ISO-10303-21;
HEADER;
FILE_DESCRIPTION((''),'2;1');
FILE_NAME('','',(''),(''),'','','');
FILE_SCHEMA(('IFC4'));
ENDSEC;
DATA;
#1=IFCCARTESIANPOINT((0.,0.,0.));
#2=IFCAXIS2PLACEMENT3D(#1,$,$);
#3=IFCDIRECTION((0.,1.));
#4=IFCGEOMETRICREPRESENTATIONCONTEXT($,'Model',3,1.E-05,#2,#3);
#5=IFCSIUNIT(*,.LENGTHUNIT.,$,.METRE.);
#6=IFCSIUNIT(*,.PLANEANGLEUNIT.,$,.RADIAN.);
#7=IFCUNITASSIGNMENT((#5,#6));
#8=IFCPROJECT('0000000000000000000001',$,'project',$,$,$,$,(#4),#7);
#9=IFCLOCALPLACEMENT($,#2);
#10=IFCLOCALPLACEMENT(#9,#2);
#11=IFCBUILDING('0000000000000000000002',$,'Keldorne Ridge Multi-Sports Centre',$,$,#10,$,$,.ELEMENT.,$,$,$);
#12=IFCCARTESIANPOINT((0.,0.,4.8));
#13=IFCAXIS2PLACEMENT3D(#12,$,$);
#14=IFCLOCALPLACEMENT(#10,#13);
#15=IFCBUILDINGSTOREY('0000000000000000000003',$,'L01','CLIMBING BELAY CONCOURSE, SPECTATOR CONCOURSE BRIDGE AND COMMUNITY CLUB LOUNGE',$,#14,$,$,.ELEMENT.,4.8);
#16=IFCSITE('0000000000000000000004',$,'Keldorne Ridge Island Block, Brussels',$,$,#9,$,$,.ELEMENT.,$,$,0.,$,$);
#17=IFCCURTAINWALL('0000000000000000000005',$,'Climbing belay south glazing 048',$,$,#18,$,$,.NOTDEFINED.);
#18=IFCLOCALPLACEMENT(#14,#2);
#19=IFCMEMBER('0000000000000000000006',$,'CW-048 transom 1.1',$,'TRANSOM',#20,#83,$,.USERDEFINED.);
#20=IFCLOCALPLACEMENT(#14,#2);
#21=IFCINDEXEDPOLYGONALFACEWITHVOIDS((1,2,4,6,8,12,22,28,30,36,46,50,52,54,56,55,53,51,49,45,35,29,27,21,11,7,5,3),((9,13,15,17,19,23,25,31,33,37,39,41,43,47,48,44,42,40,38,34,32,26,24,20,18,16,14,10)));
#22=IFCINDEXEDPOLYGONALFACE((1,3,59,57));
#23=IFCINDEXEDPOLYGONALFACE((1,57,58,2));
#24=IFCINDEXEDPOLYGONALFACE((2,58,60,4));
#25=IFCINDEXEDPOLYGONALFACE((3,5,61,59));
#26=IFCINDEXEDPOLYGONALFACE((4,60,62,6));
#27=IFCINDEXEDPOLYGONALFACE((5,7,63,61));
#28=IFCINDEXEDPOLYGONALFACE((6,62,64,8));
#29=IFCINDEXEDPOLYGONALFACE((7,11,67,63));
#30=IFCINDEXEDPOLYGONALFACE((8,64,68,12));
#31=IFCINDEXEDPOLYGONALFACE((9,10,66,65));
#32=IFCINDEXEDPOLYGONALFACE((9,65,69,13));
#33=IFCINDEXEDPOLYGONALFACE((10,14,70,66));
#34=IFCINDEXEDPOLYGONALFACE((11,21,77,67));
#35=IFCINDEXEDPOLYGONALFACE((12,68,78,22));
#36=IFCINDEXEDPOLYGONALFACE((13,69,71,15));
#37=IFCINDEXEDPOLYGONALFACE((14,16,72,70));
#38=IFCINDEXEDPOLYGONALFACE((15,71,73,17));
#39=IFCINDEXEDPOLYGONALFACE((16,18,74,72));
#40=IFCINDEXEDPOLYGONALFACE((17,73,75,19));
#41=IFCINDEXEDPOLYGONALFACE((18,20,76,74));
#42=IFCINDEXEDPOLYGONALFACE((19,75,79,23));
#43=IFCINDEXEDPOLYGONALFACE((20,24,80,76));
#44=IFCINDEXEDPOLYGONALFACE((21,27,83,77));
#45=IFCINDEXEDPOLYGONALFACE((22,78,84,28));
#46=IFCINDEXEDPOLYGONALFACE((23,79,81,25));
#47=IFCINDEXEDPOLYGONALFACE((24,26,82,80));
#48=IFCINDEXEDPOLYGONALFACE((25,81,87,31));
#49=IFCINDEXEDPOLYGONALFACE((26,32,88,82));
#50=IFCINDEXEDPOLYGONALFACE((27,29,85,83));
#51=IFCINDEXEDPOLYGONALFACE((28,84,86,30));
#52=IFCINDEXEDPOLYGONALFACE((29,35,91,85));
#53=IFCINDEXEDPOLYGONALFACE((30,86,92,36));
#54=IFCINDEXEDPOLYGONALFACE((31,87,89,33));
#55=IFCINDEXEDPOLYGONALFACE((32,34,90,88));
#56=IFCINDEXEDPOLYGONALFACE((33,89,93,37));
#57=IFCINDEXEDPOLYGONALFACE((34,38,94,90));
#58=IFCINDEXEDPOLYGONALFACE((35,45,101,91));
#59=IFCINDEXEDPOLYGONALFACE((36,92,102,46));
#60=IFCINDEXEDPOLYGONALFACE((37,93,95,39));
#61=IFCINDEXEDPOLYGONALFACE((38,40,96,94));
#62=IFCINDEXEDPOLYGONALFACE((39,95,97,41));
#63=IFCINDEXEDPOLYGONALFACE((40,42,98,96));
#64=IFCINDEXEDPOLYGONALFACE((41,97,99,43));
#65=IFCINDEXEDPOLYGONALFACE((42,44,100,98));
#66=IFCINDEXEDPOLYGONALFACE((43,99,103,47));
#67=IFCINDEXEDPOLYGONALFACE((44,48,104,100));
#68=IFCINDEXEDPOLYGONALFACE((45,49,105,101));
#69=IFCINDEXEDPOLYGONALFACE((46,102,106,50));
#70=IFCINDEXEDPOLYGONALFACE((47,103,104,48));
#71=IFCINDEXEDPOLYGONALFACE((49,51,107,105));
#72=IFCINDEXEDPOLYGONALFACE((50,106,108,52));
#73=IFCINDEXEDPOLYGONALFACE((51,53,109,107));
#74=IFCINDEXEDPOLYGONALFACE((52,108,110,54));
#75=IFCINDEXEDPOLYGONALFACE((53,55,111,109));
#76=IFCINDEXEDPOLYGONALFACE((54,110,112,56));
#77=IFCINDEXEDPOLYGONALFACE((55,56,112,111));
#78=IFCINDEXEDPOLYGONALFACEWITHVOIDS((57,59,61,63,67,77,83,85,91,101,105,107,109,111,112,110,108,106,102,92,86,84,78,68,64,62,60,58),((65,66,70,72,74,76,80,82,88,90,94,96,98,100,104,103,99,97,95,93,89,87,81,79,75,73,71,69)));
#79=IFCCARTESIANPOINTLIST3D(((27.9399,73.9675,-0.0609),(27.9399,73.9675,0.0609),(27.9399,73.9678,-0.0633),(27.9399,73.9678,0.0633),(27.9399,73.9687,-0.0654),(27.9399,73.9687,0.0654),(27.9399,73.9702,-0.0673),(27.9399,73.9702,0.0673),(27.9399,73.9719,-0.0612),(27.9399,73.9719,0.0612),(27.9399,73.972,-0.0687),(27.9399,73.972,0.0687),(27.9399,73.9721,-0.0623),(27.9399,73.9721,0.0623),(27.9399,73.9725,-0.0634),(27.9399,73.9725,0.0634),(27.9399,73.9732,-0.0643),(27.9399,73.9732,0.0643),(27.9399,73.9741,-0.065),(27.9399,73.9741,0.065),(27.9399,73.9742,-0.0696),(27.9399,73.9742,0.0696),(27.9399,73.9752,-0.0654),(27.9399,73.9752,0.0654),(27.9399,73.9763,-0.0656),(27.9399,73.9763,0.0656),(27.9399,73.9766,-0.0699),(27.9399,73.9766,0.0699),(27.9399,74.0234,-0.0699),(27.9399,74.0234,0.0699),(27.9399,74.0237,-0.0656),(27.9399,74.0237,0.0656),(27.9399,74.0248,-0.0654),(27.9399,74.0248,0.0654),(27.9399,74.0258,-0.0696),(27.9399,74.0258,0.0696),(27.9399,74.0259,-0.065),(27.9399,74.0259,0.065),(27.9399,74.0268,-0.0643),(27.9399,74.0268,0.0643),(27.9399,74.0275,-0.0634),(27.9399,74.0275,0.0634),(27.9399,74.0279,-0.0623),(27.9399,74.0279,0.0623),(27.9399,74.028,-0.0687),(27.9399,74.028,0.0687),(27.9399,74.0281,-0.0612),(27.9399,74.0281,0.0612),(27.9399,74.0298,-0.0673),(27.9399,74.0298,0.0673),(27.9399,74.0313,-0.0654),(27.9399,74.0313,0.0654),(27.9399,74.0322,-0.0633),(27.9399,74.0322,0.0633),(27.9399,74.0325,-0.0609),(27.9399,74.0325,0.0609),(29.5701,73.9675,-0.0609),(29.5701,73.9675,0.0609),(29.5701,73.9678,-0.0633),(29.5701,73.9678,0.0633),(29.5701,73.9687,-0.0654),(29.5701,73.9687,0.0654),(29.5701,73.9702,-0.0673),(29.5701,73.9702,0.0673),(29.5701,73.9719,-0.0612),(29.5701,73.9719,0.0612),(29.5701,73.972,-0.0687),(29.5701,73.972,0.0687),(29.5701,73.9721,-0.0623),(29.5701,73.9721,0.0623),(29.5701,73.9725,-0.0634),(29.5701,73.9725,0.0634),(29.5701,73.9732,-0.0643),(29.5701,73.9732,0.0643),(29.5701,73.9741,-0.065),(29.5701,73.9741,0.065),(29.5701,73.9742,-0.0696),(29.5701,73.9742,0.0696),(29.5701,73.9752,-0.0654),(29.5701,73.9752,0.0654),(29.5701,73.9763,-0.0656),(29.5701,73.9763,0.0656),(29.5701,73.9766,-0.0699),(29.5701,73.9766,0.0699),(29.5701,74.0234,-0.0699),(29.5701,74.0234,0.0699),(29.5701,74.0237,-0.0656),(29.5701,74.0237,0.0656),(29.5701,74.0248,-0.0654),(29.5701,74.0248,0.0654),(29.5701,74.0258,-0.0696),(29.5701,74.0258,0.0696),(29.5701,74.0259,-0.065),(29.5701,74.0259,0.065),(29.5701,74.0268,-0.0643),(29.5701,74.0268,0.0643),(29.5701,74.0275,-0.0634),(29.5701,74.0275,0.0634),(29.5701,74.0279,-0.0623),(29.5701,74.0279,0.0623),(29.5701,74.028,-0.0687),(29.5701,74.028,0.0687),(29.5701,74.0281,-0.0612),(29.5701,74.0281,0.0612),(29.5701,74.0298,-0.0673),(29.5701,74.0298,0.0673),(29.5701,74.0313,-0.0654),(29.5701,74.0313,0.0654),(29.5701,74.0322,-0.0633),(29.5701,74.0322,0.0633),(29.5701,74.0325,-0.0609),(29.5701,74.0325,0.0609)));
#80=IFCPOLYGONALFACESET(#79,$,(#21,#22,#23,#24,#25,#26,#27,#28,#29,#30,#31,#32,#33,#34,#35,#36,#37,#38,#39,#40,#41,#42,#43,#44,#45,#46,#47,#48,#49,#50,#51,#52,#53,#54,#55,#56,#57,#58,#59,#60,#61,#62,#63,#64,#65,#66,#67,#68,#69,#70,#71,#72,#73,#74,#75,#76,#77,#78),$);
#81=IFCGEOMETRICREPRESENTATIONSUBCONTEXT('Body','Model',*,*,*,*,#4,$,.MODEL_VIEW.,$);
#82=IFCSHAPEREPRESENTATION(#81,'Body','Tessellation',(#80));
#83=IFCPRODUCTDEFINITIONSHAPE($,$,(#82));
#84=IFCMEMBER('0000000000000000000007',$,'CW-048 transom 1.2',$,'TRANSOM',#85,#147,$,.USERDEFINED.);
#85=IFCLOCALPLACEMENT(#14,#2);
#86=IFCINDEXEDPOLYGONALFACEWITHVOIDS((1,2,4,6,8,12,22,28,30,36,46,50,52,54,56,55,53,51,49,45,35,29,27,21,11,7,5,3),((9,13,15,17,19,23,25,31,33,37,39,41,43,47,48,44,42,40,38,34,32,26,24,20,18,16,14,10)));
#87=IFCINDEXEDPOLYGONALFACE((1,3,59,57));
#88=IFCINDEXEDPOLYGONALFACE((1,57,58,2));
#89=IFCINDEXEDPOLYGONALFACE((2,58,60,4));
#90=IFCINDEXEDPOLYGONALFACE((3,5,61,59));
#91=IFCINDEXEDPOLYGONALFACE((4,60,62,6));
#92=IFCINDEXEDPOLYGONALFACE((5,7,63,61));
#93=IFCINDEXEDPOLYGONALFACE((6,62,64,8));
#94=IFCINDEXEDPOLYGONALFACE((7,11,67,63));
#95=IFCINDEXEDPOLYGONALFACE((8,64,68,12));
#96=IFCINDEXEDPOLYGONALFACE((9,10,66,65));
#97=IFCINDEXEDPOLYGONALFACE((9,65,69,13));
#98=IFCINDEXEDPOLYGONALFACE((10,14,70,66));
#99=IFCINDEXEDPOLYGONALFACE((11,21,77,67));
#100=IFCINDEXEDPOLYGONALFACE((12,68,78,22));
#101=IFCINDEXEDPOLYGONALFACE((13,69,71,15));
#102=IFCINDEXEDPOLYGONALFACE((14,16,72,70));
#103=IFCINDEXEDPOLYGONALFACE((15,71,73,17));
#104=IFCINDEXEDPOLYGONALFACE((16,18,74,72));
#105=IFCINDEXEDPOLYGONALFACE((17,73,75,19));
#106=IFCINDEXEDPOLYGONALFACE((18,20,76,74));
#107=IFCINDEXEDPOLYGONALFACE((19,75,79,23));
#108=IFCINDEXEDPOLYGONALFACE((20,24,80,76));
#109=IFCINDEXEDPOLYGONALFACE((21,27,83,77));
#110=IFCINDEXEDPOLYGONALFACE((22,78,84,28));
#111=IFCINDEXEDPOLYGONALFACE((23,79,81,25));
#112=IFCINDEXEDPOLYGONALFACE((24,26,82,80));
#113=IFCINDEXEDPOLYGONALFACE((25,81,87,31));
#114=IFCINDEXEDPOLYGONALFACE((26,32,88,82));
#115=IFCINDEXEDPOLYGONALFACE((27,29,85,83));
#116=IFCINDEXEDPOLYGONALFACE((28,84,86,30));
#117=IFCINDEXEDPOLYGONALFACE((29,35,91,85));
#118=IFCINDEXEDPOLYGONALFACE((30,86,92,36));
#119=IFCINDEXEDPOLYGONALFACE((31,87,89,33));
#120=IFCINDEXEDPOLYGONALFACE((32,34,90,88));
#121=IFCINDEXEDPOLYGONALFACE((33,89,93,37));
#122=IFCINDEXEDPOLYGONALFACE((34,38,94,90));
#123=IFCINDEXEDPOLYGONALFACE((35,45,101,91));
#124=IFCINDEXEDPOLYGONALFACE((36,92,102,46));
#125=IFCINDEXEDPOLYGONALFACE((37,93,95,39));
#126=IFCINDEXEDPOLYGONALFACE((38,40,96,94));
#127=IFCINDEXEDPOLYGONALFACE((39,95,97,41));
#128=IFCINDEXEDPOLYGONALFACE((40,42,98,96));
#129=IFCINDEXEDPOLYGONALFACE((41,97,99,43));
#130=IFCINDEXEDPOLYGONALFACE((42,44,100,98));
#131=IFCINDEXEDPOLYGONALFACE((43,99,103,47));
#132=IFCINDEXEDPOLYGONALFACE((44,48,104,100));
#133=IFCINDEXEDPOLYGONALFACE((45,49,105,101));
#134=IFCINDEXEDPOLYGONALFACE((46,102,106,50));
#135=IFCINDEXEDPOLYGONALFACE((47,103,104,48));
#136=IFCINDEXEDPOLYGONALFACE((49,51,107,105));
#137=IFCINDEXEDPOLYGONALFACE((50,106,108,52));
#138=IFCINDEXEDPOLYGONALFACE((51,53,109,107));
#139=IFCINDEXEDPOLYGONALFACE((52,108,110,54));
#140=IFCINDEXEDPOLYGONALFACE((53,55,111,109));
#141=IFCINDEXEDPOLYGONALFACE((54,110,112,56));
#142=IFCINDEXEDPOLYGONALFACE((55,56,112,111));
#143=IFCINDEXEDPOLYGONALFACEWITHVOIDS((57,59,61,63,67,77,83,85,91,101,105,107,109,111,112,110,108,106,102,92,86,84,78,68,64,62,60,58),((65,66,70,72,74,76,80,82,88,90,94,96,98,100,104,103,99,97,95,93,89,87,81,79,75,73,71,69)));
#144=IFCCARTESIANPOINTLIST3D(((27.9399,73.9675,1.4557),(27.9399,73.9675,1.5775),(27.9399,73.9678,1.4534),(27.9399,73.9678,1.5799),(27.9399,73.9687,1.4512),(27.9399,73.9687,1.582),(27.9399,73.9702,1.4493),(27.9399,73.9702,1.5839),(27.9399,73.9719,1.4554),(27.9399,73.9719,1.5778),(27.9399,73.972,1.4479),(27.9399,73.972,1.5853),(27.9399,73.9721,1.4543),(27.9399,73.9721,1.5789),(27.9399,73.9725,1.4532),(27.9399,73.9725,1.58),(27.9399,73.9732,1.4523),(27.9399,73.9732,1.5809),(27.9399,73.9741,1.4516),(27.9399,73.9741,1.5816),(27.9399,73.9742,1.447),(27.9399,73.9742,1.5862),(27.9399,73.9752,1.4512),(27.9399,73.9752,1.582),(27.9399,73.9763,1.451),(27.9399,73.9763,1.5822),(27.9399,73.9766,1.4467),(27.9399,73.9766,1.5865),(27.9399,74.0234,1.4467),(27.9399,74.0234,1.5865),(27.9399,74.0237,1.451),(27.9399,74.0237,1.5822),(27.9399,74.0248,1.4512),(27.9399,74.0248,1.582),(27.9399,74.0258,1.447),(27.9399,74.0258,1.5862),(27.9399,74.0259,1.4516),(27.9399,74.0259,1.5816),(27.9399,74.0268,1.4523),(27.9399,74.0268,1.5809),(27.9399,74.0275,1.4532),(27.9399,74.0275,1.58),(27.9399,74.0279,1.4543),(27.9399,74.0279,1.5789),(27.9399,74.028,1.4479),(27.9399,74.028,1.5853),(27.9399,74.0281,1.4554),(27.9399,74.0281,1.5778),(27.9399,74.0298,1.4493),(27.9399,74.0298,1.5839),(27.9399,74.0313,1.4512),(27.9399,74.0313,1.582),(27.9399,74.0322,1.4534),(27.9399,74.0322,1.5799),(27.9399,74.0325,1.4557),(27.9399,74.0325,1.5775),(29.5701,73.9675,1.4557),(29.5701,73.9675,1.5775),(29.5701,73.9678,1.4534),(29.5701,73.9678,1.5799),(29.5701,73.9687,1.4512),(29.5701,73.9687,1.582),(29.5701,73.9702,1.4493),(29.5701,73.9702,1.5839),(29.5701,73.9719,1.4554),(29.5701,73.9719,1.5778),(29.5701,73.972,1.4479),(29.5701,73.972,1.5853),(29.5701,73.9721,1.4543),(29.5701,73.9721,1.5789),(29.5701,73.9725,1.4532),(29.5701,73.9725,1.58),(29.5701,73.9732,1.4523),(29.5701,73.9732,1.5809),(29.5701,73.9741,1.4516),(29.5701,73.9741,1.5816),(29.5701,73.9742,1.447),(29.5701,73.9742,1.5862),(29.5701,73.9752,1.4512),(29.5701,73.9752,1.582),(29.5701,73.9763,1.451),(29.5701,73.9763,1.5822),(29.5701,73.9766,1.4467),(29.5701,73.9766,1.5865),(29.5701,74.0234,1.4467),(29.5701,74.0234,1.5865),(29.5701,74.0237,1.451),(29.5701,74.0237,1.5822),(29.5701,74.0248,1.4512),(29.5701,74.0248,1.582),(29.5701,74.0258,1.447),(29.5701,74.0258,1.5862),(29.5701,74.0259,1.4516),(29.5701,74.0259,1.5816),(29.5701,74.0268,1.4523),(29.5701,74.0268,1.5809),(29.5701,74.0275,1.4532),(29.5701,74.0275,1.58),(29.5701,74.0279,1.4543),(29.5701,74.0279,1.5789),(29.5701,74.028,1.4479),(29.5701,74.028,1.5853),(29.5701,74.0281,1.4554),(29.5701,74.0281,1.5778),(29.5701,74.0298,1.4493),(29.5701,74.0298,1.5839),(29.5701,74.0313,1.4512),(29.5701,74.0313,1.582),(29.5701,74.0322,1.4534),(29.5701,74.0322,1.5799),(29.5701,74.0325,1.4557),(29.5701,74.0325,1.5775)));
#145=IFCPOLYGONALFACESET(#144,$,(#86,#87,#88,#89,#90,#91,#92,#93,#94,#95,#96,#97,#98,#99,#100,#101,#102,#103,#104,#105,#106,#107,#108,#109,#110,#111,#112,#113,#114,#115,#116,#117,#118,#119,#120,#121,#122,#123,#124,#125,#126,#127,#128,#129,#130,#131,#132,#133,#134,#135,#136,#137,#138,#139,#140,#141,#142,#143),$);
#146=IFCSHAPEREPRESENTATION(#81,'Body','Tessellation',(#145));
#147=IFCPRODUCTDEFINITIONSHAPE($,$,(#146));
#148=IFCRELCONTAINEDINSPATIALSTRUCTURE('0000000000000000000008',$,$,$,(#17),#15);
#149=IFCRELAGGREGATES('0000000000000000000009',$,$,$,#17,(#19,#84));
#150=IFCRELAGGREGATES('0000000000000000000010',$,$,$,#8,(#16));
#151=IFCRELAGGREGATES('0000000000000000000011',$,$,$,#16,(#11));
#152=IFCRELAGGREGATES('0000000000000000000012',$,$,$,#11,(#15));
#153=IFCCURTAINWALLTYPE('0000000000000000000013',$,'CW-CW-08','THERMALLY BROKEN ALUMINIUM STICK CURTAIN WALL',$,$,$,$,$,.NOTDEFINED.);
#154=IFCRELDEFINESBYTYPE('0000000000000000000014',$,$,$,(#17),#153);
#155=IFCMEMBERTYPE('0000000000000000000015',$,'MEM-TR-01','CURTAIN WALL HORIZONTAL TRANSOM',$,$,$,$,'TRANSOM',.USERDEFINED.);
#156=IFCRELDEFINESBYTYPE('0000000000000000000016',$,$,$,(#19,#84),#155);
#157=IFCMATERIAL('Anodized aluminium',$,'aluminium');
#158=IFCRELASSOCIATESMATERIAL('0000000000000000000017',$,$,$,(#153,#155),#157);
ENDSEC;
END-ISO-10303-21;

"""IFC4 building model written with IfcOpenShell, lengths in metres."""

from ifc_helpers import new_model, si_unit, direction, frame, origin, origin_2d, place, context, subcontext, project, spatial, hollow_rectangle, extrude, material, material_profile, profile_set, type_object, element, aggregate, save


model = new_model("IFC4")

# Units and contexts
model_context = context("Model", 3, precision=1e-05, world=origin(), true_north=direction((0.0, 1.0)))
body_context = subcontext(model_context, "Body", "Model", "MODEL_VIEW")
ifc_project = project(units=[si_unit("LENGTHUNIT", "METRE"), si_unit("PLANEANGLEUNIT", "RADIAN")], contexts=[model_context])

# Site, building, storey
site_placement = place(None, origin())
site = spatial("IfcSite", under=ifc_project, at=site_placement, Name="Keldorne Ridge Island Block, Brussels", CompositionType="ELEMENT", RefElevation=0.0)
building_placement = place(site_placement, origin())
building = spatial("IfcBuilding", under=site, at=building_placement, Name="Keldorne Ridge Multi-Sports Centre", CompositionType="ELEMENT")
storey_placement = place(building_placement, frame((0.0, 0.0, 4.8)))
storey = spatial("IfcBuildingStorey", under=building, at=storey_placement, Name="L01", Description="CLIMBING BELAY CONCOURSE, SPECTATOR CONCOURSE BRIDGE AND COMMUNITY CLUB LOUNGE", CompositionType="ELEMENT", Elevation=4.8)

# Curtain wall
ifc_material_1 = material(Name="Anodized aluminium", Category="aluminium")
curtain_wall_type_1 = type_object("IfcCurtainWallType", Name="CW-CW-08", Description="THERMALLY BROKEN ALUMINIUM STICK CURTAIN WALL", PredefinedType="NOTDEFINED", material=ifc_material_1)
curtain_wall_1_placement = place(storey_placement, origin())
curtain_wall_1 = element("IfcCurtainWall", 1, at=curtain_wall_1_placement, inside=storey, type_object=curtain_wall_type_1, Name="Climbing belay south glazing 048", PredefinedType="NOTDEFINED")

# Members
ifc_material_profile_1 = material_profile(ifc_material_1, hollow_rectangle(XDim=0.0649, YDim=0.1399, WallThickness=0.0044, InnerFilletRadius=0.0044, OuterFilletRadius=0.009, at=origin_2d()), Name="ALU TRANSOM 140x65x4.5")
ifc_profile_set_1 = profile_set([ifc_material_profile_1], Name="Anodized aluminium")
member_type_1 = type_object("IfcMemberType", Name="MEM-TR-01", Description="CURTAIN WALL HORIZONTAL TRANSOM", ElementType="TRANSOM", PredefinedType="USERDEFINED", material=ifc_profile_set_1)
member_1_placement = place(storey_placement, frame((27.9399, 74.0, 0.0), z_axis=(1.0, 0.0, 0.0), x_axis=(0.0, 1.0, 0.0)))
member_1 = element("IfcMember", 2, at=member_1_placement, type_object=member_type_1, Name="CW-048 transom 1.1", ObjectType="TRANSOM", PredefinedType="USERDEFINED", context=body_context, shape_type="SweptSolid", body=[
    extrude(hollow_rectangle(XDim=0.0649, YDim=0.1399, WallThickness=0.0044, InnerFilletRadius=0.0044, OuterFilletRadius=0.009, at=origin_2d()), origin(), (0.0, 0.0, 1.0), 1.6301),
])
member_2_placement = place(storey_placement, frame((27.9399, 74.0, 1.5166), z_axis=(1.0, 0.0, 0.0), x_axis=(0.0, 1.0, 0.0)))
member_2 = element("IfcMember", 3, at=member_2_placement, type_object=member_type_1, Name="CW-048 transom 1.2", ObjectType="TRANSOM", PredefinedType="USERDEFINED", context=body_context, shape_type="SweptSolid", body=[
    extrude(hollow_rectangle(XDim=0.0649, YDim=0.1399, WallThickness=0.0044, InnerFilletRadius=0.0044, OuterFilletRadius=0.009, at=origin_2d()), origin(), (0.0, 0.0, 1.0), 1.6301),
])

aggregate(curtain_wall_1, [member_1, member_2])

save(model, "model.ifc")
